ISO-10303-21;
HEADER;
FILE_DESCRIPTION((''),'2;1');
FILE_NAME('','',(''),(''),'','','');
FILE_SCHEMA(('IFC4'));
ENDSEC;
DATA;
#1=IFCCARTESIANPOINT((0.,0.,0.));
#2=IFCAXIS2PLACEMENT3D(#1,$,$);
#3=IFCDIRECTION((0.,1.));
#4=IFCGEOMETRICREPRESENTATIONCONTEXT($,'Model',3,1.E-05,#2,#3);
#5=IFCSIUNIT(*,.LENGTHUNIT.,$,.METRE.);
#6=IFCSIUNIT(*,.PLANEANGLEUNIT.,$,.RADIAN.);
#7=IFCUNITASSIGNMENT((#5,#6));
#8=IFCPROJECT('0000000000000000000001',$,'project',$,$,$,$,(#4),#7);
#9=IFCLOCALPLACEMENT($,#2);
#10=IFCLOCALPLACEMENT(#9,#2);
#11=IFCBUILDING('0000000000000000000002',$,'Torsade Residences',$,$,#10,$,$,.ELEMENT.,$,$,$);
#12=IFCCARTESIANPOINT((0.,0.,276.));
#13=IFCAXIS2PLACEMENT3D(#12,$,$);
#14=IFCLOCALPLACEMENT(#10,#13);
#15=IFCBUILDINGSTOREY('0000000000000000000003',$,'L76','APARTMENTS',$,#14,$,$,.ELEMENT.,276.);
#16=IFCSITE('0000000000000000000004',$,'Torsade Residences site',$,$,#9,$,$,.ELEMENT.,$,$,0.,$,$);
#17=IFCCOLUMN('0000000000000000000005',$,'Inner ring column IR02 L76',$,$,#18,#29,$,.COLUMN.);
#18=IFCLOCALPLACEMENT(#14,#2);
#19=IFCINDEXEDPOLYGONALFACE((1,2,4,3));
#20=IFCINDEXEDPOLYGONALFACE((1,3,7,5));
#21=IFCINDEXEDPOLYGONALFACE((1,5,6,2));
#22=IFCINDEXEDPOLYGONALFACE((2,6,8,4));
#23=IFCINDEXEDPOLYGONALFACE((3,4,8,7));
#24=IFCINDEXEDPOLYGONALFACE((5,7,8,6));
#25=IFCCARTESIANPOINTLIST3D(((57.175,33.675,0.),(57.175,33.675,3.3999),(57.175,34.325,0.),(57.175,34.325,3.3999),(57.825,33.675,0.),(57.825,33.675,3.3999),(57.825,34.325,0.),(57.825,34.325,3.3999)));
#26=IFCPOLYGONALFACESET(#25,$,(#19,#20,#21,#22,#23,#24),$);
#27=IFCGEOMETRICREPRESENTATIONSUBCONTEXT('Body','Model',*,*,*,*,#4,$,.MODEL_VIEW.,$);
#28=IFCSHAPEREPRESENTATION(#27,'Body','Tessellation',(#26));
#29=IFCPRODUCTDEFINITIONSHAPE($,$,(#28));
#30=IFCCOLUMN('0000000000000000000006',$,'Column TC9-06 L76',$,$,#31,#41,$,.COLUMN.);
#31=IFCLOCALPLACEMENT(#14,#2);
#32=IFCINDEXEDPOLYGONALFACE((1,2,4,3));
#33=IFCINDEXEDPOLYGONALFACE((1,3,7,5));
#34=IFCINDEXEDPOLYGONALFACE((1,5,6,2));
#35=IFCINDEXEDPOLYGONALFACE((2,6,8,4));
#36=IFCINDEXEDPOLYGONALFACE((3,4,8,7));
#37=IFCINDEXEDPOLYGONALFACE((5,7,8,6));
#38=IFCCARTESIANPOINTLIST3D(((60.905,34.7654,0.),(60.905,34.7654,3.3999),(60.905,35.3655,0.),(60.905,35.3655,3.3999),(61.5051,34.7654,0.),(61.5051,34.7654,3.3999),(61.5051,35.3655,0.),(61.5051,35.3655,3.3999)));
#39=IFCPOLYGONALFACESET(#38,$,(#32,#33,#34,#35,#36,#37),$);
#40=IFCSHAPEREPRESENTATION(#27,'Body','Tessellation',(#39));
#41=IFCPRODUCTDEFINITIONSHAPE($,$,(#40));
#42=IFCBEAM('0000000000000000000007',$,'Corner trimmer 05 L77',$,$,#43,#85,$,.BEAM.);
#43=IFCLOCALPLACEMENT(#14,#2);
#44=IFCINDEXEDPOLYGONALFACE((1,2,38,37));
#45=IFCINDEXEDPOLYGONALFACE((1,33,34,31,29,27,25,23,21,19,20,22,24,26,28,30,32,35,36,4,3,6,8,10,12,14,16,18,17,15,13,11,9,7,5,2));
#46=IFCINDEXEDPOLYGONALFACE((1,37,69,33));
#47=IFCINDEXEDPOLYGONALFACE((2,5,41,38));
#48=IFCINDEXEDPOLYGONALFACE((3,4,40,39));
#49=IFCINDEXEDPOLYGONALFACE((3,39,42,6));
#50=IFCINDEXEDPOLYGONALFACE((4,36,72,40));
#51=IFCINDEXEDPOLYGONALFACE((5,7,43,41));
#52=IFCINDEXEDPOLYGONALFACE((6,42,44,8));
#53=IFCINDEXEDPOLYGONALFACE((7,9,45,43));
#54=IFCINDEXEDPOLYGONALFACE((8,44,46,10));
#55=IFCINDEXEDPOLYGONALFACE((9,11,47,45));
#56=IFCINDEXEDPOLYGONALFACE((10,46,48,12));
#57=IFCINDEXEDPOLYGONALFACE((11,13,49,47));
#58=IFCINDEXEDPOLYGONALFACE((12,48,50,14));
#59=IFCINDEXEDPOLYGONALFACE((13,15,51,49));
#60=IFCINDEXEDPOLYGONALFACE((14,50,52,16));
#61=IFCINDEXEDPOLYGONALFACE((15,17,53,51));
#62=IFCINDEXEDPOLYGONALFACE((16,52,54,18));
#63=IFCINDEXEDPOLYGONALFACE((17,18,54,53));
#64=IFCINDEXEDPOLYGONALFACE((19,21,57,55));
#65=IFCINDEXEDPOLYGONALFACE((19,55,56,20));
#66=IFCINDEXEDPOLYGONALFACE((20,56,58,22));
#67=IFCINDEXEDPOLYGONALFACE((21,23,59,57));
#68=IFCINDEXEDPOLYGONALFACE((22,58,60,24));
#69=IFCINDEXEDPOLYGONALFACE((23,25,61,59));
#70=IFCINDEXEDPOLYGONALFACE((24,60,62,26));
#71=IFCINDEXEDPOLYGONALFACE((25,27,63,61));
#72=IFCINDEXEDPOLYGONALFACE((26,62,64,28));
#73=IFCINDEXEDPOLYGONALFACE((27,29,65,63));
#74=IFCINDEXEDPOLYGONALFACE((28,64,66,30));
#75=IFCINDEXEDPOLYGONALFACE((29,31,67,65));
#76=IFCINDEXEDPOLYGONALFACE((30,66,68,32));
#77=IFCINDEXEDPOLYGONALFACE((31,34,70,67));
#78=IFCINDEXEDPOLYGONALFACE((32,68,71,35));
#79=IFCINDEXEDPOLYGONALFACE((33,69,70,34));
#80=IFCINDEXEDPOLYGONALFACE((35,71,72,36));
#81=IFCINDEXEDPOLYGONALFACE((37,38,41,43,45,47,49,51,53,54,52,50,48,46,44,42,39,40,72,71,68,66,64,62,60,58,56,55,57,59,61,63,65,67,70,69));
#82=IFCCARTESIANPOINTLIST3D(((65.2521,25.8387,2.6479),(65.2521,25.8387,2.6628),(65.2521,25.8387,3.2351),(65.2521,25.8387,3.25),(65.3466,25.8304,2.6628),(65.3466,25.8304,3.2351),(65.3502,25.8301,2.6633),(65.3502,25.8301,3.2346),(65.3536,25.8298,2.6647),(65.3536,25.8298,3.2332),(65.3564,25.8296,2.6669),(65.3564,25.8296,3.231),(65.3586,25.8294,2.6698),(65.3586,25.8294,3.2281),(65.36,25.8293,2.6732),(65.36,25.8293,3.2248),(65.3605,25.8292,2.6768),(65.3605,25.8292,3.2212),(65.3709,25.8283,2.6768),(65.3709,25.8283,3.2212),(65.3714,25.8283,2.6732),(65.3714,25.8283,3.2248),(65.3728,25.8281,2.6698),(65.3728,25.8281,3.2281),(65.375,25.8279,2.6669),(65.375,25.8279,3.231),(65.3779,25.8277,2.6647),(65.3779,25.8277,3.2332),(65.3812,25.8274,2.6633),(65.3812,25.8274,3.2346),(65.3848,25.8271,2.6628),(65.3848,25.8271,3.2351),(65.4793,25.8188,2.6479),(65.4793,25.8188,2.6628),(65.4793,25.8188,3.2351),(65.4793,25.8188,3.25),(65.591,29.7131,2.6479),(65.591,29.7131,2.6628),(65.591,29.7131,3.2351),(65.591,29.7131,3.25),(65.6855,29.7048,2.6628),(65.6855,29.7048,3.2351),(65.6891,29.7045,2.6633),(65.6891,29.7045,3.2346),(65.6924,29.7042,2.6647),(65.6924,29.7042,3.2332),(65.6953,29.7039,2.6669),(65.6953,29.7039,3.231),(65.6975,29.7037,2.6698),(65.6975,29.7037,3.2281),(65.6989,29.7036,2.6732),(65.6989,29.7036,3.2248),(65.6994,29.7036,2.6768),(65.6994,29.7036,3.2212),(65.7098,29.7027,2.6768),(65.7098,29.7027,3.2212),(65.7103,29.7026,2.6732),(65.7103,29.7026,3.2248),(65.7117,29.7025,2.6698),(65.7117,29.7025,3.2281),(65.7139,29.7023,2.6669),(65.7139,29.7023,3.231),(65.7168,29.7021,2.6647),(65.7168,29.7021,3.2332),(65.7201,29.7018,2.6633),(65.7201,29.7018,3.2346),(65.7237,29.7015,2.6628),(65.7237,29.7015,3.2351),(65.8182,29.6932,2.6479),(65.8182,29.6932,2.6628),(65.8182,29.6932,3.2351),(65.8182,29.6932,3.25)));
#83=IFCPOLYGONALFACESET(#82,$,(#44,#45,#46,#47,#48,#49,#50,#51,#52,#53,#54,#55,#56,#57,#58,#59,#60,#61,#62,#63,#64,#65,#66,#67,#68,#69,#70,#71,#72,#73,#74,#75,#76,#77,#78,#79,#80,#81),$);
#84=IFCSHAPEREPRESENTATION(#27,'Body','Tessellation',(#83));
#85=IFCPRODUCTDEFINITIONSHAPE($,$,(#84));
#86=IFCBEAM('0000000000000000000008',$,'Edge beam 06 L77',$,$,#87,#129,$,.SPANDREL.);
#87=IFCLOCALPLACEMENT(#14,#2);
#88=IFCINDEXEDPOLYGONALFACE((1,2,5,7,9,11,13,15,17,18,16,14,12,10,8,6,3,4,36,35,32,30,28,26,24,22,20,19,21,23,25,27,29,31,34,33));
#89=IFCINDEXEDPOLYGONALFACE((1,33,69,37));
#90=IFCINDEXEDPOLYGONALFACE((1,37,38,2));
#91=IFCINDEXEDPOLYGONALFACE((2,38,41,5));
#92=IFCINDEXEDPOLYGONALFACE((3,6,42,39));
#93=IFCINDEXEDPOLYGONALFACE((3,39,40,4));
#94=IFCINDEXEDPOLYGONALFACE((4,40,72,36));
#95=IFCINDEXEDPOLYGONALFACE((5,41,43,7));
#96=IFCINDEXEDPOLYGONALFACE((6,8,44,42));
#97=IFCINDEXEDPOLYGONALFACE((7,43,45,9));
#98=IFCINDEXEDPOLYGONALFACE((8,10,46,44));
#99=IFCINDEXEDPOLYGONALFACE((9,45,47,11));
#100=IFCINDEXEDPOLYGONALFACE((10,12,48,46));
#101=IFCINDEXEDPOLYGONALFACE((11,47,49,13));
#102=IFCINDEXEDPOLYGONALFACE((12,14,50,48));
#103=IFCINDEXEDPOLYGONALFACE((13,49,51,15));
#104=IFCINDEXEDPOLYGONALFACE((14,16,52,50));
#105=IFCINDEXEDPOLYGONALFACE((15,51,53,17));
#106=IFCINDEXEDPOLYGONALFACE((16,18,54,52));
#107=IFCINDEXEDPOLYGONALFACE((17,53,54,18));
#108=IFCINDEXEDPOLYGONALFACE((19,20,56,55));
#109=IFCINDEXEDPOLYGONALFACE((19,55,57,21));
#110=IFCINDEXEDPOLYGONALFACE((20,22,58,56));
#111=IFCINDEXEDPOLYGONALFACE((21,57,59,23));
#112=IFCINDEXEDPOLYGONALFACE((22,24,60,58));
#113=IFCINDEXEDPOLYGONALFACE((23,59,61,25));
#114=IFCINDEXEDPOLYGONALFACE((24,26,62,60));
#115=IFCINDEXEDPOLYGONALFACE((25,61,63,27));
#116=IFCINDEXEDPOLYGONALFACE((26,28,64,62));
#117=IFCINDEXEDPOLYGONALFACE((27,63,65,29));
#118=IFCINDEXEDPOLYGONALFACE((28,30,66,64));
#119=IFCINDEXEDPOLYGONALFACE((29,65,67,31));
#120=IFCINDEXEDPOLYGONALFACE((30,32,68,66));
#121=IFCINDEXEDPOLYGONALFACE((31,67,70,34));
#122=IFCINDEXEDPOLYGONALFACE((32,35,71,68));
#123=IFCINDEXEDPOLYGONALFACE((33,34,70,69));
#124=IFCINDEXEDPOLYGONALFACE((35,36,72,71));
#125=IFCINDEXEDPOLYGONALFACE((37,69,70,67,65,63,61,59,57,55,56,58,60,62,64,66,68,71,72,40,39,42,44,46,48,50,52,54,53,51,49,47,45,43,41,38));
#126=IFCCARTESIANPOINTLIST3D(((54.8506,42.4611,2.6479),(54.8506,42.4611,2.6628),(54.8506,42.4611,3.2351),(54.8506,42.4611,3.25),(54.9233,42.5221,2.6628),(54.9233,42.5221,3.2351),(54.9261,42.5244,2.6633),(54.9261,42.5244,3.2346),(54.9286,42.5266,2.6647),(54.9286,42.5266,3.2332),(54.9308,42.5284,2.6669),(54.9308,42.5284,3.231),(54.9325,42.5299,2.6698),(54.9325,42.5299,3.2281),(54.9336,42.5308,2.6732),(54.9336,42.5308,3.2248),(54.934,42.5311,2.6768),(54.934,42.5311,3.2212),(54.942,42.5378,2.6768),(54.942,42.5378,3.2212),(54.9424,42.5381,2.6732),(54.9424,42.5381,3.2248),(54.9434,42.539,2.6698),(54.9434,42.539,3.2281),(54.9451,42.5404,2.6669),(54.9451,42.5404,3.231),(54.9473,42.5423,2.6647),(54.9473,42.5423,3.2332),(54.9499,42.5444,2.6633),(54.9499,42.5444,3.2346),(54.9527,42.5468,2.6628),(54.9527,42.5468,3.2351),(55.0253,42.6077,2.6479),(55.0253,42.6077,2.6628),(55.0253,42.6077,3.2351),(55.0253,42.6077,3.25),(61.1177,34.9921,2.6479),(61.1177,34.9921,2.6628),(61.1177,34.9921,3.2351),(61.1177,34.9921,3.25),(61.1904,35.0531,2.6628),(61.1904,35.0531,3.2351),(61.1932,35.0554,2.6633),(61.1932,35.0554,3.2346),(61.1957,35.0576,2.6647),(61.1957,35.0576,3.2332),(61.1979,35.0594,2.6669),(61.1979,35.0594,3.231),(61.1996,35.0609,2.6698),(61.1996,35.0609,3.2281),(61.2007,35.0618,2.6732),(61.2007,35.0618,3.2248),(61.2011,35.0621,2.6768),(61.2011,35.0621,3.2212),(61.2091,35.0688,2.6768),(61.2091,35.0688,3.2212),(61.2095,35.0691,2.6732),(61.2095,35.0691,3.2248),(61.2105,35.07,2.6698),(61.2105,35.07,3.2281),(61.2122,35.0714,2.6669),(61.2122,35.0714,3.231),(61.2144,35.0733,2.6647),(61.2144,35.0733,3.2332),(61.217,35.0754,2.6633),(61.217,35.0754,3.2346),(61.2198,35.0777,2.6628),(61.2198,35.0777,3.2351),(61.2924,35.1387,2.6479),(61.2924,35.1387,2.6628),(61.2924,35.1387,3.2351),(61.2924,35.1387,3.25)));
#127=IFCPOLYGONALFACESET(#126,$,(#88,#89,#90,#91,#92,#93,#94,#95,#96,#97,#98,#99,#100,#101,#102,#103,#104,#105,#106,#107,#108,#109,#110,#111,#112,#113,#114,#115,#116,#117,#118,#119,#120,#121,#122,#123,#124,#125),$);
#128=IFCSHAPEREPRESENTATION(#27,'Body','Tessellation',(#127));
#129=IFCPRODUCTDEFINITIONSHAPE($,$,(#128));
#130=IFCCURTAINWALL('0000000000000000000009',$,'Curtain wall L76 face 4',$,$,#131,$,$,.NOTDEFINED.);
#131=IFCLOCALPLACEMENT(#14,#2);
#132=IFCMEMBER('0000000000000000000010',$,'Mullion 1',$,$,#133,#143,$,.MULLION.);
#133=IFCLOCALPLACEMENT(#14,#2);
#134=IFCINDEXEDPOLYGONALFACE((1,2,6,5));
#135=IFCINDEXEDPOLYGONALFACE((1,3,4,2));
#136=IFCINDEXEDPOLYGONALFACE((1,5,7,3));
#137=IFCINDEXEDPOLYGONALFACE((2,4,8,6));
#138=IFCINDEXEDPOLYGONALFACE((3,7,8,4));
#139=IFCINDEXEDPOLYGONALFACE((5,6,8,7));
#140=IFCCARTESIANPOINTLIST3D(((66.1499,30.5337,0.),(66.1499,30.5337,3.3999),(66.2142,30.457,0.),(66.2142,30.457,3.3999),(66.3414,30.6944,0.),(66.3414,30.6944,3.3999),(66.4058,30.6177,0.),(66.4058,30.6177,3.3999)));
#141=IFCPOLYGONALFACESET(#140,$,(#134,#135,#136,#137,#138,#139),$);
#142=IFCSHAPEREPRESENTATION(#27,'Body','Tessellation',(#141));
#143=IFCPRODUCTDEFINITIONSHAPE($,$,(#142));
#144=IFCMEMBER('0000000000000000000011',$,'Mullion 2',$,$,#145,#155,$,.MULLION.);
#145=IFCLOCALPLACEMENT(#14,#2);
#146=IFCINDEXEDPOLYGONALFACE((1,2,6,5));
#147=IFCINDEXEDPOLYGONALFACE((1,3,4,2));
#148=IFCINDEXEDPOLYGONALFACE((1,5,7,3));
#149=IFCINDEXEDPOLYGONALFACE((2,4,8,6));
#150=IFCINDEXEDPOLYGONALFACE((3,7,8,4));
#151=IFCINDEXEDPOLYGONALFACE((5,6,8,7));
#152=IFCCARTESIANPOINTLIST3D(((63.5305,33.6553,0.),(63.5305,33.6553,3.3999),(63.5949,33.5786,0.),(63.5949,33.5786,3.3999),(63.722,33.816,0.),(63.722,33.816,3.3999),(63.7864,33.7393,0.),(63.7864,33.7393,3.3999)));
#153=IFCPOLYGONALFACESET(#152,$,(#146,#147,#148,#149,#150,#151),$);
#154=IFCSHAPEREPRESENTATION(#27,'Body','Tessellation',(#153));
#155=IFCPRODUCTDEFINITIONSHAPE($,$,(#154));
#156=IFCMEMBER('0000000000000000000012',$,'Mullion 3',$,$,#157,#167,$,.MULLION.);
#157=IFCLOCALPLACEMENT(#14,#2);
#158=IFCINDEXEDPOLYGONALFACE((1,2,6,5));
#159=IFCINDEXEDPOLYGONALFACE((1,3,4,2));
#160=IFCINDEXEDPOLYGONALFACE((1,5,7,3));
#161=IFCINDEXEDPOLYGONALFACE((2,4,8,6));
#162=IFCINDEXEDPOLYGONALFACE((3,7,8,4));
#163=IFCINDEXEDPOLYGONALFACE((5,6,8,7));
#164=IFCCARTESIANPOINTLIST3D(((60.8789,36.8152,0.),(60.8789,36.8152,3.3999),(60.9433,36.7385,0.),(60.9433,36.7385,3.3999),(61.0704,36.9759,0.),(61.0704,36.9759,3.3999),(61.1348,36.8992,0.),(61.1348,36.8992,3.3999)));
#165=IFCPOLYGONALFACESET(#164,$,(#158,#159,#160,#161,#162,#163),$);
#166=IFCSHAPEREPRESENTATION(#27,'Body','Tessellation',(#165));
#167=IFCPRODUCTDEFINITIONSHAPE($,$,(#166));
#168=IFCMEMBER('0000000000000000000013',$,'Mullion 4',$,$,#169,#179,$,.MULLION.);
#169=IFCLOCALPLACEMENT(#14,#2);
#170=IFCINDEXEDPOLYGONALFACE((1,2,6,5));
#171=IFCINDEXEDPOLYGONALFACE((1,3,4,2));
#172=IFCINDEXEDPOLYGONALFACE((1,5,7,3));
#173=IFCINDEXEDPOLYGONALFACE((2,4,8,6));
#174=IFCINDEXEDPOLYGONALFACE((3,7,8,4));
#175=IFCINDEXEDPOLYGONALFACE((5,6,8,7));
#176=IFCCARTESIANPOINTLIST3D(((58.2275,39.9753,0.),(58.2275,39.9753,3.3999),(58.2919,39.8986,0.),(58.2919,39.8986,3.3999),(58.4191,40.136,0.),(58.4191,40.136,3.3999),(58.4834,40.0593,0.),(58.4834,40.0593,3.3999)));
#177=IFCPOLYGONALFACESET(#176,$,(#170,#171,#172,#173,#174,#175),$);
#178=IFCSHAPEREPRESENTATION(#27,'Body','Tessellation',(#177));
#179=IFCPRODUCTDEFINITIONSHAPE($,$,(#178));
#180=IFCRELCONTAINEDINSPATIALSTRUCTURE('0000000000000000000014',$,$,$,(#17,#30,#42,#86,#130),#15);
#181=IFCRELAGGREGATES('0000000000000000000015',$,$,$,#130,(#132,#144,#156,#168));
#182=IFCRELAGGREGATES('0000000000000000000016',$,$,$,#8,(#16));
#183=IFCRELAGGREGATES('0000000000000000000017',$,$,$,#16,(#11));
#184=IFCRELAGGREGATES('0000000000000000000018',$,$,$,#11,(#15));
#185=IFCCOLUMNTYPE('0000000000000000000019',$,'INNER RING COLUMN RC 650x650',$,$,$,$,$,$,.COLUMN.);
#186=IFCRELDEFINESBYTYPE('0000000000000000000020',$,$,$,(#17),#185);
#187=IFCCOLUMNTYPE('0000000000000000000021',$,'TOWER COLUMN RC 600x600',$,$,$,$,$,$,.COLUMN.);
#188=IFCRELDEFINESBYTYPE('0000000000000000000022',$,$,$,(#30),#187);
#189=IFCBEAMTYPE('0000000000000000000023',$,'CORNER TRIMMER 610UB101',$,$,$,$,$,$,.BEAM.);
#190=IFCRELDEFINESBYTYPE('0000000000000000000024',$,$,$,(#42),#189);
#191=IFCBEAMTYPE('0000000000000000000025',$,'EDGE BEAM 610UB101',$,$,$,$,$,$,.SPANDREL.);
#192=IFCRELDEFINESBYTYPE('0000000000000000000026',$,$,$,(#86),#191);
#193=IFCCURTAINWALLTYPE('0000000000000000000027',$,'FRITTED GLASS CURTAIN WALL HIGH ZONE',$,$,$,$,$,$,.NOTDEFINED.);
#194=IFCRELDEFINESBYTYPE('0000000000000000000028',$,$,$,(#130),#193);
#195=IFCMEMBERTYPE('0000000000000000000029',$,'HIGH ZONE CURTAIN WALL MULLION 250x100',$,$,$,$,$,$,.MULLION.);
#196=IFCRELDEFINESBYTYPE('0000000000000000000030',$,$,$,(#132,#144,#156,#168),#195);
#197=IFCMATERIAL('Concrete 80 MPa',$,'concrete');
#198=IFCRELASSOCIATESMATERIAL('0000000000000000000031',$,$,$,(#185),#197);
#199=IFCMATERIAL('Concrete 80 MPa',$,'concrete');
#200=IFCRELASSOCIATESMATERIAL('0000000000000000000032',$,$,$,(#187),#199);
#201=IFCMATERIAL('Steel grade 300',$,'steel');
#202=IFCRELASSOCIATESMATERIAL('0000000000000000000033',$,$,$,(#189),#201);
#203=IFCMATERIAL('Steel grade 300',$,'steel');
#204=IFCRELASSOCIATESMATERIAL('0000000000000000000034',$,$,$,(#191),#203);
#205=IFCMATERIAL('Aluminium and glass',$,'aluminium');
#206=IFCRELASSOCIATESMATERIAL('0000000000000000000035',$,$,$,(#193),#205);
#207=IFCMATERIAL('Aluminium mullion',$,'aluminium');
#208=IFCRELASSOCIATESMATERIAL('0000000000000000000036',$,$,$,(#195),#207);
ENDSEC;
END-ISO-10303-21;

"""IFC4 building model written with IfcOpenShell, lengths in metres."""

from ifc_helpers import new_model, si_unit, direction, frame, origin, origin_2d, place, context, subcontext, project, spatial, rectangle, i_section, extrude, material, material_profile, profile_set, type_object, element, aggregate, save


model = new_model("IFC4")

# Units and contexts
model_context = context("Model", 3, precision=1e-05, world=origin(), true_north=direction((0.0, 1.0)))
body_context = subcontext(model_context, "Body", "Model", "MODEL_VIEW")
ifc_project = project(units=[si_unit("LENGTHUNIT", "METRE"), si_unit("PLANEANGLEUNIT", "RADIAN")], contexts=[model_context])

# Site, building, storey
site_placement = place(None, origin())
site = spatial("IfcSite", under=ifc_project, at=site_placement, Name="Torsade Residences site", CompositionType="ELEMENT", RefElevation=0.0)
building_placement = place(site_placement, origin())
building = spatial("IfcBuilding", under=site, at=building_placement, Name="Torsade Residences", CompositionType="ELEMENT")
storey_placement = place(building_placement, frame((0.0, 0.0, 276.0)))
storey = spatial("IfcBuildingStorey", under=building, at=storey_placement, Name="L76", Description="APARTMENTS", CompositionType="ELEMENT", Elevation=276.0)

# Columns
ifc_material_1 = material(Name="Concrete 80 MPa", Category="concrete")
ifc_material_profile_1 = material_profile(ifc_material_1, rectangle(XDim=0.6499, YDim=0.6499, at=origin_2d()), Name="RC 650x650")
ifc_profile_set_1 = profile_set([ifc_material_profile_1], Name="Concrete 80 MPa")
column_type_1 = type_object("IfcColumnType", Name="INNER RING COLUMN RC 650x650", PredefinedType="COLUMN", material=ifc_profile_set_1)
column_1_placement = place(storey_placement, frame((57.5, 34.0, 0.0), z_axis=(0.0, 0.0, 1.0), x_axis=(1.0, 0.0, 0.0)))
element("IfcColumn", 1, at=column_1_placement, inside=storey, type_object=column_type_1, Name="Inner ring column IR02 L76", PredefinedType="COLUMN", context=body_context, shape_type="SweptSolid", body=[
    extrude(rectangle(XDim=0.6499, YDim=0.6499, at=origin_2d()), origin(), (0.0, 0.0, 1.0), 3.3999),
])
ifc_material_2 = material(Name="Concrete 80 MPa", Category="concrete")
ifc_material_profile_2 = material_profile(ifc_material_2, rectangle(XDim=0.6001, YDim=0.6001, at=origin_2d()), Name="RC 600x600")
ifc_profile_set_2 = profile_set([ifc_material_profile_2], Name="Concrete 80 MPa")
column_type_2 = type_object("IfcColumnType", Name="TOWER COLUMN RC 600x600", PredefinedType="COLUMN", material=ifc_profile_set_2)
column_2_placement = place(storey_placement, frame((61.2051, 35.0654, 0.0), z_axis=(0.0, 0.0, 1.0), x_axis=(1.0, 0.0, 0.0)))
element("IfcColumn", 2, at=column_2_placement, inside=storey, type_object=column_type_2, Name="Column TC9-06 L76", PredefinedType="COLUMN", context=body_context, shape_type="SweptSolid", body=[
    extrude(rectangle(XDim=0.6001, YDim=0.6001, at=origin_2d()), origin(), (0.0, 0.0, 1.0), 3.3999),
])

# Beams
ifc_material_3 = material(Name="Steel grade 300", Category="steel")
ifc_material_profile_3 = material_profile(ifc_material_3, i_section(OverallWidth=0.228, OverallDepth=0.6021, WebThickness=0.0105, FlangeThickness=0.0149, FilletRadius=0.0139, at=origin_2d()), Name="610UB101")
ifc_profile_set_3 = profile_set([ifc_material_profile_3], Name="Steel grade 300")
beam_type_1 = type_object("IfcBeamType", Name="CORNER TRIMMER 610UB101", PredefinedType="BEAM", material=ifc_profile_set_3)
beam_1_placement = place(storey_placement, frame((65.7046, 29.7031, 2.949), z_axis=(-0.087133, -0.996197, 0.0), x_axis=(0.996197, -0.087133, 0.0)))
element("IfcBeam", 3, at=beam_1_placement, inside=storey, type_object=beam_type_1, Name="Corner trimmer 05 L77", PredefinedType="BEAM", context=body_context, shape_type="SweptSolid", body=[
    extrude(i_section(OverallWidth=0.228, OverallDepth=0.6021, WebThickness=0.0105, FlangeThickness=0.0149, FilletRadius=0.0139, at=origin_2d()), origin(), (0.0, 0.0, 1.0), 3.8892),
])
ifc_material_4 = material(Name="Steel grade 300", Category="steel")
ifc_material_profile_4 = material_profile(ifc_material_4, i_section(OverallWidth=0.228, OverallDepth=0.6021, WebThickness=0.0105, FlangeThickness=0.0149, FilletRadius=0.0139, at=origin_2d()), Name="610UB101")
ifc_profile_set_4 = profile_set([ifc_material_profile_4], Name="Steel grade 300")
beam_type_2 = type_object("IfcBeamType", Name="EDGE BEAM 610UB101", PredefinedType="SPANDREL", material=ifc_profile_set_4)
beam_2_placement = place(storey_placement, frame((61.2051, 35.0654, 2.949), z_axis=(-0.642779, 0.766052, 0.0), x_axis=(-0.766052, -0.642779, 0.0)))
element("IfcBeam", 4, at=beam_2_placement, inside=storey, type_object=beam_type_2, Name="Edge beam 06 L77", PredefinedType="SPANDREL", context=body_context, shape_type="SweptSolid", body=[
    extrude(i_section(OverallWidth=0.228, OverallDepth=0.6021, WebThickness=0.0105, FlangeThickness=0.0149, FilletRadius=0.0139, at=origin_2d()), origin(), (0.0, 0.0, 1.0), 9.75),
])

# Curtain wall, members
ifc_material_5 = material(Name="Aluminium and glass", Category="aluminium")
curtain_wall_type = type_object("IfcCurtainWallType", Name="FRITTED GLASS CURTAIN WALL HIGH ZONE", PredefinedType="NOTDEFINED", material=ifc_material_5)
curtain_wall_placement = place(storey_placement, origin())
curtain_wall = element("IfcCurtainWall", 5, at=curtain_wall_placement, inside=storey, type_object=curtain_wall_type, Name="Curtain wall L76 face 4", PredefinedType="NOTDEFINED")
ifc_material_6 = material(Name="Aluminium mullion", Category="aluminium")
ifc_material_profile_5 = material_profile(ifc_material_6, rectangle(XDim=0.25, YDim=0.1001, at=origin_2d()), Name="HIGH ZONE CURTAIN WALL MULLION 250x100")
ifc_profile_set_5 = profile_set([ifc_material_profile_5], Name="Aluminium mullion")
member_type_1 = type_object("IfcMemberType", Name="HIGH ZONE CURTAIN WALL MULLION 250x100", PredefinedType="MULLION", material=ifc_profile_set_5)
member_1_placement = place(storey_placement, frame((66.2778, 30.5757, 0.0), z_axis=(0.0, 0.0, 1.0), x_axis=(-0.766044, -0.642788, 0.0)))
member_1 = element("IfcMember", 6, at=member_1_placement, type_object=member_type_1, Name="Mullion 1", PredefinedType="MULLION", context=body_context, shape_type="SweptSolid", body=[
    extrude(rectangle(XDim=0.25, YDim=0.1001, at=origin_2d()), origin(), (0.0, 0.0, 1.0), 3.3999),
])
member_2_placement = place(storey_placement, frame((63.6584, 33.6973, 0.0), z_axis=(0.0, 0.0, 1.0), x_axis=(-0.766044, -0.642788, 0.0)))
member_2 = element("IfcMember", 7, at=member_2_placement, type_object=member_type_1, Name="Mullion 2", PredefinedType="MULLION", context=body_context, shape_type="SweptSolid", body=[
    extrude(rectangle(XDim=0.25, YDim=0.1001, at=origin_2d()), origin(), (0.0, 0.0, 1.0), 3.3999),
])
member_3_placement = place(storey_placement, frame((61.0068, 36.8572, 0.0), z_axis=(0.0, 0.0, 1.0), x_axis=(-0.766044, -0.642788, 0.0)))
member_3 = element("IfcMember", 8, at=member_3_placement, type_object=member_type_1, Name="Mullion 3", PredefinedType="MULLION", context=body_context, shape_type="SweptSolid", body=[
    extrude(rectangle(XDim=0.25, YDim=0.1001, at=origin_2d()), origin(), (0.0, 0.0, 1.0), 3.3999),
])
member_4_placement = place(storey_placement, frame((58.3555, 40.0173, 0.0), z_axis=(0.0, 0.0, 1.0), x_axis=(-0.766044, -0.642788, 0.0)))
member_4 = element("IfcMember", 9, at=member_4_placement, type_object=member_type_1, Name="Mullion 4", PredefinedType="MULLION", context=body_context, shape_type="SweptSolid", body=[
    extrude(rectangle(XDim=0.25, YDim=0.1001, at=origin_2d()), origin(), (0.0, 0.0, 1.0), 3.3999),
])

aggregate(curtain_wall, [member_1, member_2, member_3, member_4])

save(model, "model.ifc")
